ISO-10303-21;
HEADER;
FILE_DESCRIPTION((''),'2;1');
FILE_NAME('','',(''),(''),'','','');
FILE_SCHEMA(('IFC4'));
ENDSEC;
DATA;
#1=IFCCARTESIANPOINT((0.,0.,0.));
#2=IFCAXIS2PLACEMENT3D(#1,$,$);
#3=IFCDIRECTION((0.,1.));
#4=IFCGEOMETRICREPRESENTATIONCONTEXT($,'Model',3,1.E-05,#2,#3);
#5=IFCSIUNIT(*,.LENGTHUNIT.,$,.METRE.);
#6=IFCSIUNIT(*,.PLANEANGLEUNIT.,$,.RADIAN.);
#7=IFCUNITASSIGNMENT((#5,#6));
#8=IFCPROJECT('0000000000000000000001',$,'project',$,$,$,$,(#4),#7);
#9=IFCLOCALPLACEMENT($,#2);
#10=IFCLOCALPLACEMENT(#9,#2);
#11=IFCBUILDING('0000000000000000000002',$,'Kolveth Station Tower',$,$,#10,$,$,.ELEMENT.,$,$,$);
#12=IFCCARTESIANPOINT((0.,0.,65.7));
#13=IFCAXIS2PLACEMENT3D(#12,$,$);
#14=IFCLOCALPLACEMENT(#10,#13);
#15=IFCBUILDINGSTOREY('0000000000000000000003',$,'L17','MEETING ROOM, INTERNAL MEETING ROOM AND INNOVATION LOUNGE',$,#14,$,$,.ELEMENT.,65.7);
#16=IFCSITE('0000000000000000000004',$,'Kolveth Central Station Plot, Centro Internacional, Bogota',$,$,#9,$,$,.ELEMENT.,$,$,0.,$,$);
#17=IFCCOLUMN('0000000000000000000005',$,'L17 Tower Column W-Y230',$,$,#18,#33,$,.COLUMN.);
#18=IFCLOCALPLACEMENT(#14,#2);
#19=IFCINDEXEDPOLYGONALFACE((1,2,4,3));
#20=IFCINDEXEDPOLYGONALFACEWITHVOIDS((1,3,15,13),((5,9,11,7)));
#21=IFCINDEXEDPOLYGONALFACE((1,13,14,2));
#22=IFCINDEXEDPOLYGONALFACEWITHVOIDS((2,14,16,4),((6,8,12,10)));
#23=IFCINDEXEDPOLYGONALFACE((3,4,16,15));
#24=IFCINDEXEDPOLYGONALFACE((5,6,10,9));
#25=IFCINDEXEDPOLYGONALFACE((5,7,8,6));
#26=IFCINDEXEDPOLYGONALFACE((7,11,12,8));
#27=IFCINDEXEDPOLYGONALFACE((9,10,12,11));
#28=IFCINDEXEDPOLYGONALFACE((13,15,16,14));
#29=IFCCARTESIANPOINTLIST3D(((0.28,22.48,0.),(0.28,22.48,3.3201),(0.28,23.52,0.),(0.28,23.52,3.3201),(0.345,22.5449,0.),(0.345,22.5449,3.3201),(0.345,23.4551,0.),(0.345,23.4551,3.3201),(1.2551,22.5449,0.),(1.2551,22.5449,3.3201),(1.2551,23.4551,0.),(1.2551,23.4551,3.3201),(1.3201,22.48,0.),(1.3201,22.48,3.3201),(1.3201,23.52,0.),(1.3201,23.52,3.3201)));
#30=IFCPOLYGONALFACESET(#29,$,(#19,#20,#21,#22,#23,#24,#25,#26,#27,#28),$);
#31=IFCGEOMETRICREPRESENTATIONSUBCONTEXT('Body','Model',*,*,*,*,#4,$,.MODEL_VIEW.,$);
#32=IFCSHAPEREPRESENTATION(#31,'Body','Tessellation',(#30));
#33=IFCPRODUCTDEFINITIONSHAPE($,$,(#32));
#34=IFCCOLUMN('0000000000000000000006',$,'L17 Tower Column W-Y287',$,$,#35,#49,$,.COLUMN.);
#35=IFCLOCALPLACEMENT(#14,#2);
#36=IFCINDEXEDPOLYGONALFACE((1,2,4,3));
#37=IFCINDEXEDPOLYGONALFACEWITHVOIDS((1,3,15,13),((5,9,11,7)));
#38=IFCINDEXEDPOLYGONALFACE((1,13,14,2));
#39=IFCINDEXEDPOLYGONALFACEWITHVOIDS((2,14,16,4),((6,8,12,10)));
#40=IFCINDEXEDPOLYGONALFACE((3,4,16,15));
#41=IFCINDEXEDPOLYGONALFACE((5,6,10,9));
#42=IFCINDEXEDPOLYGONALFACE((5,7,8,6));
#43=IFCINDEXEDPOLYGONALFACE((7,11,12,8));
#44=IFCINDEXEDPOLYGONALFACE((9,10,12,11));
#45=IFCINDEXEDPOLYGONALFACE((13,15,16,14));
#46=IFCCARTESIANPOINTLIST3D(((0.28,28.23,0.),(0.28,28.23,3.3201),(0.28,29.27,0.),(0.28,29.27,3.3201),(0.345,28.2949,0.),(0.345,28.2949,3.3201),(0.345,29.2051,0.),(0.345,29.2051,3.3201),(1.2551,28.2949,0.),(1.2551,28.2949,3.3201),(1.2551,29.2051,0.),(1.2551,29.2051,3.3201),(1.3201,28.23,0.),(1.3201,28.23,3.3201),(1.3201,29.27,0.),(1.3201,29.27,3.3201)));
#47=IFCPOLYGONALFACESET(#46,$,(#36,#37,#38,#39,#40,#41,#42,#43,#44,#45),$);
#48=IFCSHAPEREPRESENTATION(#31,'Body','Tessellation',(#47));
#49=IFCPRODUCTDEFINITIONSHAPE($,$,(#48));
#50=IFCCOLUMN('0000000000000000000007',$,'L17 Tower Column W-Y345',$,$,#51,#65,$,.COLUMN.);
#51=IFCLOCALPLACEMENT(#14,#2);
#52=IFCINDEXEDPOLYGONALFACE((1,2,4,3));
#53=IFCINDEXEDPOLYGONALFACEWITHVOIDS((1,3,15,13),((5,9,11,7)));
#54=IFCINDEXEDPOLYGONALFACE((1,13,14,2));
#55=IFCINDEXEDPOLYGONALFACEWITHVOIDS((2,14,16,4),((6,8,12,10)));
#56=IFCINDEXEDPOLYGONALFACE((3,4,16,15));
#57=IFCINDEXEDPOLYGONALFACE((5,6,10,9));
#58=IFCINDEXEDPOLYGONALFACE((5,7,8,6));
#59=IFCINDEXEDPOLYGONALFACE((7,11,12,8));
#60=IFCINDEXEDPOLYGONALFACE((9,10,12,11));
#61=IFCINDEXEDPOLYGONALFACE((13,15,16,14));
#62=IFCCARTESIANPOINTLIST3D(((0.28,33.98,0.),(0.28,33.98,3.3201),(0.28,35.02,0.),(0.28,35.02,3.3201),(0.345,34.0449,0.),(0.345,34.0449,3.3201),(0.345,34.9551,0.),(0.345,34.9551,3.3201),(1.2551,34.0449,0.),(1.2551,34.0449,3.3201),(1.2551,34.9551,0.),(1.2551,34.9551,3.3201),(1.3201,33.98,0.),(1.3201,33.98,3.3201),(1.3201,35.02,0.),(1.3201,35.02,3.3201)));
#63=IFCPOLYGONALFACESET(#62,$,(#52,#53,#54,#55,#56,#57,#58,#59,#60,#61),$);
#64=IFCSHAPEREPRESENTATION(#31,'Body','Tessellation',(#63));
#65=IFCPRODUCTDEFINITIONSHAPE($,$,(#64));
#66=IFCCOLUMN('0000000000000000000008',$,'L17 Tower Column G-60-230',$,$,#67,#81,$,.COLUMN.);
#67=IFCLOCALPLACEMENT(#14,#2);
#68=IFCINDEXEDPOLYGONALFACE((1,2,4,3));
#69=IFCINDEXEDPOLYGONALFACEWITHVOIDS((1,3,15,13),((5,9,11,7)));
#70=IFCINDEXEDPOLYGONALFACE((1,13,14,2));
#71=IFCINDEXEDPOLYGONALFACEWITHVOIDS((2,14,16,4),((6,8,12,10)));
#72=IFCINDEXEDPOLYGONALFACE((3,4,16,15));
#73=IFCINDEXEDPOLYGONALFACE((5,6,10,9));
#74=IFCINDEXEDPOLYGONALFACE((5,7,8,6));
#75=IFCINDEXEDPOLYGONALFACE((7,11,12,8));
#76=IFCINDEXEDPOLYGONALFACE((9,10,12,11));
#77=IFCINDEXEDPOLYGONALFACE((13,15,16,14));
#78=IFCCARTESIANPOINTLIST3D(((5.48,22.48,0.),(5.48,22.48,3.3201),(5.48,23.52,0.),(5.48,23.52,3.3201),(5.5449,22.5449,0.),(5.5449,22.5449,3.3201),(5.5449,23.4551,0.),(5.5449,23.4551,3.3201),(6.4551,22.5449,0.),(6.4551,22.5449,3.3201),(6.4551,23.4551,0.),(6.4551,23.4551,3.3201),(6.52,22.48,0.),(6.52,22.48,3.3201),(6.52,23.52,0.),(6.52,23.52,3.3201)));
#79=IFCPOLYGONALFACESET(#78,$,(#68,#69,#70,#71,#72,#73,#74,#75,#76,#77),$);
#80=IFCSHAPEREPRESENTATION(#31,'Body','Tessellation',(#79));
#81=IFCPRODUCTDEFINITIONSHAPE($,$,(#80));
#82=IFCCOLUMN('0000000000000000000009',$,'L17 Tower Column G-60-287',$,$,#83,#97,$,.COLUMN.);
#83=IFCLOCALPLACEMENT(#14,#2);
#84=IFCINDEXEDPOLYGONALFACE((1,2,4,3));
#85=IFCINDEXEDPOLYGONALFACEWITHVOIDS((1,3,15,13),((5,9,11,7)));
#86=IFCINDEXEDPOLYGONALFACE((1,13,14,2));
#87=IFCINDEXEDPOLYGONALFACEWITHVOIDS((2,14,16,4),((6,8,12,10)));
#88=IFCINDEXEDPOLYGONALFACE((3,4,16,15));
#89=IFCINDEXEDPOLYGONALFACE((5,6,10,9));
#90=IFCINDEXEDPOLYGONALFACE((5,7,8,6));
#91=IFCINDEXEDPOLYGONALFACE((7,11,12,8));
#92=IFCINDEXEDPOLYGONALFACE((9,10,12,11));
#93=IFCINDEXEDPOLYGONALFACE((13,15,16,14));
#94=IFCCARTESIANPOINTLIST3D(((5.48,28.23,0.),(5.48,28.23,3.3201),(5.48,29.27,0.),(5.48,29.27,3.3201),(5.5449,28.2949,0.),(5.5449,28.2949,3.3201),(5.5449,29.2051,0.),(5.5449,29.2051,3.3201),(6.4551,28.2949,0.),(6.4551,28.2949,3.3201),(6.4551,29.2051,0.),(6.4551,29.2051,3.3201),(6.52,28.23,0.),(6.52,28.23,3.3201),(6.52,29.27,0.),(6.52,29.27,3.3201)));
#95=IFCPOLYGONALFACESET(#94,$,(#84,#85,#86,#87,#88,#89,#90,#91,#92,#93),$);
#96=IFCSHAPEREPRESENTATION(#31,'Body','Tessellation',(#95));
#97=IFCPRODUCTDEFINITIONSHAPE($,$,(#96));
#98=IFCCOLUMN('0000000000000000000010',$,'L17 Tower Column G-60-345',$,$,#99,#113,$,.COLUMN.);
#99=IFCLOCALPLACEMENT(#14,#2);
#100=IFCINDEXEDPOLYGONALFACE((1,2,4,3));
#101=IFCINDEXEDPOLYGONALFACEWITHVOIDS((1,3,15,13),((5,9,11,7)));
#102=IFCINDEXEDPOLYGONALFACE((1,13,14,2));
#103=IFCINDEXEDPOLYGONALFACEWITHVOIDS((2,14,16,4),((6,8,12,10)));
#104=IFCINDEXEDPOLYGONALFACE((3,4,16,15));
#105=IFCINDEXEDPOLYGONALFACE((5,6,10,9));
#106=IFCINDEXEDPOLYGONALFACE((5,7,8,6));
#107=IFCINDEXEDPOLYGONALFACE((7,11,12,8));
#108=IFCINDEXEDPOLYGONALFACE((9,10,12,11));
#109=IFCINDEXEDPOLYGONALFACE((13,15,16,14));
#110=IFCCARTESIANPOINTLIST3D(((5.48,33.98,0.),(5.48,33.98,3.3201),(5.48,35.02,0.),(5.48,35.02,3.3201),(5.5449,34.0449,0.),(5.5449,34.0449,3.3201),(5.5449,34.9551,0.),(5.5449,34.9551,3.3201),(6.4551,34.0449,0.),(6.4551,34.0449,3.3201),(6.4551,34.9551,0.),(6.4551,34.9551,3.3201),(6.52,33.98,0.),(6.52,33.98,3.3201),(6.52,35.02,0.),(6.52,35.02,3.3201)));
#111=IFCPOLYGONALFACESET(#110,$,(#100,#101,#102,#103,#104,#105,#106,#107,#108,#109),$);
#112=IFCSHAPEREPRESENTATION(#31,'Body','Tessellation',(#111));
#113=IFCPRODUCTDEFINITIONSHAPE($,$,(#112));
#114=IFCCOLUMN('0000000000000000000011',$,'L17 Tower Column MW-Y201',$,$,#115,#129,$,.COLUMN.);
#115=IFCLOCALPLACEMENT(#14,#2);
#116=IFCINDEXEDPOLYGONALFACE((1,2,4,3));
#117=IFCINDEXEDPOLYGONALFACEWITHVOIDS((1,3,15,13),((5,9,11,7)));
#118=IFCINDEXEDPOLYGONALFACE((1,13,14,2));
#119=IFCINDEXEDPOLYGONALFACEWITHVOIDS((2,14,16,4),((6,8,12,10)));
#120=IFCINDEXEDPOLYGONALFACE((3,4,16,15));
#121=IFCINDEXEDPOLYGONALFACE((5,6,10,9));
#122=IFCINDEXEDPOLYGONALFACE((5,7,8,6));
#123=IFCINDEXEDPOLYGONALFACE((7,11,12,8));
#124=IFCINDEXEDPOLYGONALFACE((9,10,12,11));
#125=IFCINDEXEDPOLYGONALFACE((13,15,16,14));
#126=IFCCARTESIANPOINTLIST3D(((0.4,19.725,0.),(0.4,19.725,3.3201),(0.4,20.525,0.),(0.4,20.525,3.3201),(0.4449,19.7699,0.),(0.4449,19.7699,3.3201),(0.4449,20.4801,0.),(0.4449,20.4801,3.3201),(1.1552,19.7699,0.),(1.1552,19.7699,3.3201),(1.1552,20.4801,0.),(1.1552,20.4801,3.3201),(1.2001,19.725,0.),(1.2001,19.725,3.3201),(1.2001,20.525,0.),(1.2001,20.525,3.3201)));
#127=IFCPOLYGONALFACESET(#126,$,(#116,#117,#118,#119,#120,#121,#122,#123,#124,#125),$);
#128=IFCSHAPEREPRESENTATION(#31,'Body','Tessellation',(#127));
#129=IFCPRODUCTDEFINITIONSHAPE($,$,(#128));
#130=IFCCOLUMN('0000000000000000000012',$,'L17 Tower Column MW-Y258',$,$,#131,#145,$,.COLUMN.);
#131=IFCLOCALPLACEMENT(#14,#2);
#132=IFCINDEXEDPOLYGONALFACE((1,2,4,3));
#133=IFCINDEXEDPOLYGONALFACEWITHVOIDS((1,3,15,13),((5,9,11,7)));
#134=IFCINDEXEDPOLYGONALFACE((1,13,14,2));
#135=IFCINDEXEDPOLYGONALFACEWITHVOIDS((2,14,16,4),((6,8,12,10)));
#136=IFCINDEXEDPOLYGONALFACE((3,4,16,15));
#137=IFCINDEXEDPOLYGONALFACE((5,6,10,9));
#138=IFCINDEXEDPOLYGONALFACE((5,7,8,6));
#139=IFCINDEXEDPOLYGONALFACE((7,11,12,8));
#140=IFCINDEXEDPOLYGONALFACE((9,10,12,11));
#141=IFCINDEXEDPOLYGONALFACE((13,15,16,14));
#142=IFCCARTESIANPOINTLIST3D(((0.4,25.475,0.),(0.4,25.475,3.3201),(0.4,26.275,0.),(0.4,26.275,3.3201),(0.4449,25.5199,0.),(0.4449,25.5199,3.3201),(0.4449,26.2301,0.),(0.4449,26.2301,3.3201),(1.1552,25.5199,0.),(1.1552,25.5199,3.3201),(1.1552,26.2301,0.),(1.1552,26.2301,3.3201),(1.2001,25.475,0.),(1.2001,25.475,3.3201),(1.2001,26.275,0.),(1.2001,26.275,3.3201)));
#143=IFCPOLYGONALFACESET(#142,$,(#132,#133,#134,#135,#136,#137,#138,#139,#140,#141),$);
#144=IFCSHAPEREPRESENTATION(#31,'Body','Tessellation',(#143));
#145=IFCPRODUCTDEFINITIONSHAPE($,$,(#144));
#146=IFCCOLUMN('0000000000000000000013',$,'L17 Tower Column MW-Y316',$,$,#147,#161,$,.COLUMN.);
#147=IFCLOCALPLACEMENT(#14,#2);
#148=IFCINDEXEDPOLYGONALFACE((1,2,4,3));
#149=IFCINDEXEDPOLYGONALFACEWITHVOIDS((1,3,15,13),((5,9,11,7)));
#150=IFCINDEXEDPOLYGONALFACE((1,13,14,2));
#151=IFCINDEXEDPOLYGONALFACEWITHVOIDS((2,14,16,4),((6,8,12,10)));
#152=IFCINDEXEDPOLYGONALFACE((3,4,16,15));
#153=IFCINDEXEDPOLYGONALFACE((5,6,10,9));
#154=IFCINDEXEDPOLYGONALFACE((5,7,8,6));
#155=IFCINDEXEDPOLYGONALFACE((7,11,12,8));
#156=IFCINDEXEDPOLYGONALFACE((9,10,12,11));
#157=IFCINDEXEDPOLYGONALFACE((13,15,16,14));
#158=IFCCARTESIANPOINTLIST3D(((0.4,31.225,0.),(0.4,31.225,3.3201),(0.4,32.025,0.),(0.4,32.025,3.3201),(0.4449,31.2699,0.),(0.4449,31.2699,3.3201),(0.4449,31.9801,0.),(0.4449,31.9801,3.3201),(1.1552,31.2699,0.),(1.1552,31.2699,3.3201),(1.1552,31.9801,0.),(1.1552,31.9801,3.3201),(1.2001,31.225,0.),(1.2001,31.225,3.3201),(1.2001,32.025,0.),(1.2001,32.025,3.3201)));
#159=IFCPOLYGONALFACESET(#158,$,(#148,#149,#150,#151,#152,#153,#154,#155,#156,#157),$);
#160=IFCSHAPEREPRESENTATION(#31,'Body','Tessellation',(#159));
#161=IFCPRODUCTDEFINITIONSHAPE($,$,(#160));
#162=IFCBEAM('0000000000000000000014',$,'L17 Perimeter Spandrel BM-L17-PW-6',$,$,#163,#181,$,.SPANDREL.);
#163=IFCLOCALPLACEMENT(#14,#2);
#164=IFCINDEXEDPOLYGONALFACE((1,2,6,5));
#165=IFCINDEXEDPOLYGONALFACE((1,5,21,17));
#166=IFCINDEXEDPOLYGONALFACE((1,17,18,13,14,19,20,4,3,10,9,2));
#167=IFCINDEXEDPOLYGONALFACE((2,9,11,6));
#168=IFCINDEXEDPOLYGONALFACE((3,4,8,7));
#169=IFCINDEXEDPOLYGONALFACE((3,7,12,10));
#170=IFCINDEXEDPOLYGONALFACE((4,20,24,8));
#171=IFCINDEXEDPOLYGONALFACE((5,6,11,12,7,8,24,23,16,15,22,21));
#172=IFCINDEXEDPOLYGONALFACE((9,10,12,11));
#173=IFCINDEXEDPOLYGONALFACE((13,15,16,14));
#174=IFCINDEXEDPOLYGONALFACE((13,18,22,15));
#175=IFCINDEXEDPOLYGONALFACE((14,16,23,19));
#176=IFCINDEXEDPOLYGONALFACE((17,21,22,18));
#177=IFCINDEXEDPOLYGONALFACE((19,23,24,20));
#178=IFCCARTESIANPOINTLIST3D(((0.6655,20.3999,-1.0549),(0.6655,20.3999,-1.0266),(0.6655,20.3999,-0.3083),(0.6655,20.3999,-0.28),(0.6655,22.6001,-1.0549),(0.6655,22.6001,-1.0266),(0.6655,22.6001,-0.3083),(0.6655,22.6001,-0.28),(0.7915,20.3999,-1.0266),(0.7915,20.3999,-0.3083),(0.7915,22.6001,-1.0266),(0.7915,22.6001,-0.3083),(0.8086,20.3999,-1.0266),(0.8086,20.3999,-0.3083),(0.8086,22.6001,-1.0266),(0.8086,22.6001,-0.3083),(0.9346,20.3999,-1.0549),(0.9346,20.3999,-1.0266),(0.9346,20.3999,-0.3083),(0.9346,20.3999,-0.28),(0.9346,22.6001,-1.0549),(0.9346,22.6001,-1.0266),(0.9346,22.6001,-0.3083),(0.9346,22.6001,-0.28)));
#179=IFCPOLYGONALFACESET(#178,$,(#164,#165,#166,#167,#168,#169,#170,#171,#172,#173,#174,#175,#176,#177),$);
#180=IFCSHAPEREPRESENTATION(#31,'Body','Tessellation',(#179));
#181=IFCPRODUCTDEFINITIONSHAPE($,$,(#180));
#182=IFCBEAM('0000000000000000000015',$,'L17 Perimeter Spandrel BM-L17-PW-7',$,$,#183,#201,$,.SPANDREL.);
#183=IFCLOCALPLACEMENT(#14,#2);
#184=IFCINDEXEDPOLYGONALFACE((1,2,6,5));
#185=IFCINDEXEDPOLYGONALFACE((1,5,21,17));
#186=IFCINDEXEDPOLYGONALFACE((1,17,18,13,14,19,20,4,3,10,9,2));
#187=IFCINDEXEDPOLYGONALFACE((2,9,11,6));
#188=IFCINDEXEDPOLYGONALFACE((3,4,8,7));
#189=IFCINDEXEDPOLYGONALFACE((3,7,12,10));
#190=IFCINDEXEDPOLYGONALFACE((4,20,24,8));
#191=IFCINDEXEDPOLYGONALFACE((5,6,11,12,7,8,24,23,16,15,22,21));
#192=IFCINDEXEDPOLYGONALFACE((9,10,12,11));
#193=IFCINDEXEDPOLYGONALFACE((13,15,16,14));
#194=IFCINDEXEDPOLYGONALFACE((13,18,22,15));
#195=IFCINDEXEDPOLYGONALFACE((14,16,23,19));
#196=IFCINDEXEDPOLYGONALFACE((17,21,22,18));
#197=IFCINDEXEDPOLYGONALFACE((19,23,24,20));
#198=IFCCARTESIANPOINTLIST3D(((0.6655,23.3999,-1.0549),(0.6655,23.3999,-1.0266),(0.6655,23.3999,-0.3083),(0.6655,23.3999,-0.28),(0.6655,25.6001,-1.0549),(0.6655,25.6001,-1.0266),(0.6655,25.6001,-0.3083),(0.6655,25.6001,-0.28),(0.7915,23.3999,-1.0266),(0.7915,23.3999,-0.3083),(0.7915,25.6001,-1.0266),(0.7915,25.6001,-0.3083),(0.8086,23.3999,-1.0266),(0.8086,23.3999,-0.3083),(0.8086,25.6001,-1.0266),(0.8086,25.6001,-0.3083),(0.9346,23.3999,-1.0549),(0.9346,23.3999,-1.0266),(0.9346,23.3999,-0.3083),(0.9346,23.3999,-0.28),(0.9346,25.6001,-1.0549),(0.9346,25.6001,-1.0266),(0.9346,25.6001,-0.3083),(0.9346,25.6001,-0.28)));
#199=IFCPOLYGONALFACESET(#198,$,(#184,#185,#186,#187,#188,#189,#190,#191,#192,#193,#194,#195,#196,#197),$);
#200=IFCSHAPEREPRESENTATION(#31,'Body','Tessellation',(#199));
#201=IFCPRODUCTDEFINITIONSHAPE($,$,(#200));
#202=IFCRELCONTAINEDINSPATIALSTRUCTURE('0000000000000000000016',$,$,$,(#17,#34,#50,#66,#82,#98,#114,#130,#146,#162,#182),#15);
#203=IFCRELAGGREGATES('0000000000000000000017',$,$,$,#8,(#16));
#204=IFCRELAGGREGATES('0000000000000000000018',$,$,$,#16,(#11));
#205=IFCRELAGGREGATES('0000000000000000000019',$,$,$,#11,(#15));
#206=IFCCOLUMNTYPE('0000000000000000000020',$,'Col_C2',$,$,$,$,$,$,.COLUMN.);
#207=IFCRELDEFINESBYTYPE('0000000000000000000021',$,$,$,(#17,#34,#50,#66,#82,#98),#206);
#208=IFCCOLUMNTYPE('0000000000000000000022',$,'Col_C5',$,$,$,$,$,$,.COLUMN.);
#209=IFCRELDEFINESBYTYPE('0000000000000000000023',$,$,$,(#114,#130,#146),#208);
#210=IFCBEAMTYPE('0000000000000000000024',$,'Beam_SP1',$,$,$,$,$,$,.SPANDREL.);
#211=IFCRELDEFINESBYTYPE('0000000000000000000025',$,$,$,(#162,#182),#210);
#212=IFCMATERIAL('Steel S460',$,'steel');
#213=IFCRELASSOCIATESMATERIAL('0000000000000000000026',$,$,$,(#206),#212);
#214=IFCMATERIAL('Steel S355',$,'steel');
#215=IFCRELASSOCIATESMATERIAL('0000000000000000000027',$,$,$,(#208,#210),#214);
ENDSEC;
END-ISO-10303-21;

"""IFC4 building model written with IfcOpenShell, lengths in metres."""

from ifc_helpers import new_model, si_unit, direction, frame, origin, origin_2d, place, context, subcontext, project, spatial, hollow_rectangle, i_section, extrude, source, transform, mapped, material, material_profile, profile_set, type_object, element, save


model = new_model("IFC4")

# Units and contexts
model_context = context("Model", 3, precision=1e-05, world=origin(), true_north=direction((0.0, 1.0)))
body_context = subcontext(model_context, "Body", "Model", "MODEL_VIEW")
ifc_project = project(units=[si_unit("LENGTHUNIT", "METRE"), si_unit("PLANEANGLEUNIT", "RADIAN")], contexts=[model_context])

# Site, building, storey
site_placement = place(None, origin())
site = spatial("IfcSite", under=ifc_project, at=site_placement, Name="Kolveth Central Station Plot, Centro Internacional, Bogota", CompositionType="ELEMENT", RefElevation=0.0)
building_placement = place(site_placement, origin())
building = spatial("IfcBuilding", under=site, at=building_placement, Name="Kolveth Station Tower", CompositionType="ELEMENT")
storey_placement = place(building_placement, frame((0.0, 0.0, 65.7)))
storey = spatial("IfcBuildingStorey", under=building, at=storey_placement, Name="L17", Description="MEETING ROOM, INTERNAL MEETING ROOM AND INNOVATION LOUNGE", CompositionType="ELEMENT", Elevation=65.7)

# Columns
ifc_material_1 = material(Name="Steel S460", Category="steel")
ifc_material_profile_1 = material_profile(ifc_material_1, hollow_rectangle(XDim=1.04, YDim=1.04, WallThickness=0.0649, at=origin_2d()), Name="BOX1040x1040x65")
ifc_profile_set_1 = profile_set([ifc_material_profile_1], Name="Steel S460")
column_type_1 = type_object("IfcColumnType", Name="Col_C2", PredefinedType="COLUMN", material=ifc_profile_set_1)
shared_shape_1 = source(origin(), body_context, "Body", "SweptSolid", [
    extrude(hollow_rectangle(XDim=1.04, YDim=1.04, WallThickness=0.0649, at=origin_2d()), origin(), (0.0, 0.0, 1.0), 3.3201),
])
for number, where, z_axis, x_axis, name in (
    (1, (0.8, 23.0, 0.0), (0.0, 0.0, 1.0), (1.0, 0.0, 0.0), "L17 Tower Column W-Y230"),
    (2, (0.8, 28.75, 0.0), (0.0, 0.0, 1.0), (1.0, 0.0, 0.0), "L17 Tower Column W-Y287"),
    (3, (0.8, 34.5, 0.0), (0.0, 0.0, 1.0), (1.0, 0.0, 0.0), "L17 Tower Column W-Y345"),
    (4, (6.0, 23.0, 0.0), (0.0, 0.0, 1.0), (1.0, 0.0, 0.0), "L17 Tower Column G-60-230"),
    (5, (6.0, 28.75, 0.0), (0.0, 0.0, 1.0), (1.0, 0.0, 0.0), "L17 Tower Column G-60-287"),
    (6, (6.0, 34.5, 0.0), (0.0, 0.0, 1.0), (1.0, 0.0, 0.0), "L17 Tower Column G-60-345"),
):
    element("IfcColumn", number, at=place(storey_placement, frame(where, z_axis=z_axis, x_axis=x_axis)), inside=storey, type_object=column_type_1, Name=name, PredefinedType="COLUMN", context=body_context, shape_type="MappedRepresentation", body=[
        mapped(shared_shape_1, transform((0.0, 0.0, 0.0), x_axis=(1.0, 0.0, 0.0), y_axis=(0.0, 1.0, 0.0), z_axis=(0.0, 0.0, 1.0), scale=1.0)),
    ])
ifc_material_2 = material(Name="Steel S355", Category="steel")
ifc_material_profile_2 = material_profile(ifc_material_2, hollow_rectangle(XDim=0.8, YDim=0.8, WallThickness=0.0449, at=origin_2d()), Name="BOX800x800x45")
ifc_profile_set_2 = profile_set([ifc_material_profile_2], Name="Steel S355")
column_type_2 = type_object("IfcColumnType", Name="Col_C5", PredefinedType="COLUMN", material=ifc_profile_set_2)
shared_shape_2 = source(origin(), body_context, "Body", "SweptSolid", [
    extrude(hollow_rectangle(XDim=0.8, YDim=0.8, WallThickness=0.0449, at=origin_2d()), origin(), (0.0, 0.0, 1.0), 3.3201),
])
for number, where, z_axis, x_axis, name in (
    (7, (0.8, 20.125, 0.0), (0.0, 0.0, 1.0), (1.0, 0.0, 0.0), "L17 Tower Column MW-Y201"),
    (8, (0.8, 25.875, 0.0), (0.0, 0.0, 1.0), (1.0, 0.0, 0.0), "L17 Tower Column MW-Y258"),
    (9, (0.8, 31.625, 0.0), (0.0, 0.0, 1.0), (1.0, 0.0, 0.0), "L17 Tower Column MW-Y316"),
):
    element("IfcColumn", number, at=place(storey_placement, frame(where, z_axis=z_axis, x_axis=x_axis)), inside=storey, type_object=column_type_2, Name=name, PredefinedType="COLUMN", context=body_context, shape_type="MappedRepresentation", body=[
        mapped(shared_shape_2, transform((0.0, 0.0, 0.0), x_axis=(1.0, 0.0, 0.0), y_axis=(0.0, 1.0, 0.0), z_axis=(0.0, 0.0, 1.0), scale=1.0)),
    ])

# Beams
ifc_material_profile_3 = material_profile(ifc_material_2, i_section(OverallWidth=0.269, OverallDepth=0.7749, WebThickness=0.0171, FlangeThickness=0.0283, at=origin_2d()), Name="W760x220")
ifc_profile_set_3 = profile_set([ifc_material_profile_3], Name="Steel S355")
beam_type_1 = type_object("IfcBeamType", Name="Beam_SP1", PredefinedType="SPANDREL", material=ifc_profile_set_3)
shared_shape_3 = source(origin(), body_context, "Body", "SweptSolid", [
    extrude(i_section(OverallWidth=0.269, OverallDepth=0.7749, WebThickness=0.0171, FlangeThickness=0.0283, at=origin_2d()), origin(), (0.0, 0.0, 1.0), 2.2002),
])
for number, where, z_axis, x_axis, name in (
    (10, (0.8, 20.3999, -0.6675), (0.0, 1.0, 0.0), (-1.0, 0.0, 0.0), "L17 Perimeter Spandrel BM-L17-PW-6"),
    (11, (0.8, 23.3999, -0.6675), (0.0, 1.0, 0.0), (-1.0, 0.0, 0.0), "L17 Perimeter Spandrel BM-L17-PW-7"),
):
    element("IfcBeam", number, at=place(storey_placement, frame(where, z_axis=z_axis, x_axis=x_axis)), inside=storey, type_object=beam_type_1, Name=name, PredefinedType="SPANDREL", context=body_context, shape_type="MappedRepresentation", body=[
        mapped(shared_shape_3, transform((0.0, 0.0, 0.0), x_axis=(1.0, 0.0, 0.0), y_axis=(0.0, 1.0, 0.0), z_axis=(0.0, 0.0, 1.0), scale=1.0)),
    ])

save(model, "model.ifc")
